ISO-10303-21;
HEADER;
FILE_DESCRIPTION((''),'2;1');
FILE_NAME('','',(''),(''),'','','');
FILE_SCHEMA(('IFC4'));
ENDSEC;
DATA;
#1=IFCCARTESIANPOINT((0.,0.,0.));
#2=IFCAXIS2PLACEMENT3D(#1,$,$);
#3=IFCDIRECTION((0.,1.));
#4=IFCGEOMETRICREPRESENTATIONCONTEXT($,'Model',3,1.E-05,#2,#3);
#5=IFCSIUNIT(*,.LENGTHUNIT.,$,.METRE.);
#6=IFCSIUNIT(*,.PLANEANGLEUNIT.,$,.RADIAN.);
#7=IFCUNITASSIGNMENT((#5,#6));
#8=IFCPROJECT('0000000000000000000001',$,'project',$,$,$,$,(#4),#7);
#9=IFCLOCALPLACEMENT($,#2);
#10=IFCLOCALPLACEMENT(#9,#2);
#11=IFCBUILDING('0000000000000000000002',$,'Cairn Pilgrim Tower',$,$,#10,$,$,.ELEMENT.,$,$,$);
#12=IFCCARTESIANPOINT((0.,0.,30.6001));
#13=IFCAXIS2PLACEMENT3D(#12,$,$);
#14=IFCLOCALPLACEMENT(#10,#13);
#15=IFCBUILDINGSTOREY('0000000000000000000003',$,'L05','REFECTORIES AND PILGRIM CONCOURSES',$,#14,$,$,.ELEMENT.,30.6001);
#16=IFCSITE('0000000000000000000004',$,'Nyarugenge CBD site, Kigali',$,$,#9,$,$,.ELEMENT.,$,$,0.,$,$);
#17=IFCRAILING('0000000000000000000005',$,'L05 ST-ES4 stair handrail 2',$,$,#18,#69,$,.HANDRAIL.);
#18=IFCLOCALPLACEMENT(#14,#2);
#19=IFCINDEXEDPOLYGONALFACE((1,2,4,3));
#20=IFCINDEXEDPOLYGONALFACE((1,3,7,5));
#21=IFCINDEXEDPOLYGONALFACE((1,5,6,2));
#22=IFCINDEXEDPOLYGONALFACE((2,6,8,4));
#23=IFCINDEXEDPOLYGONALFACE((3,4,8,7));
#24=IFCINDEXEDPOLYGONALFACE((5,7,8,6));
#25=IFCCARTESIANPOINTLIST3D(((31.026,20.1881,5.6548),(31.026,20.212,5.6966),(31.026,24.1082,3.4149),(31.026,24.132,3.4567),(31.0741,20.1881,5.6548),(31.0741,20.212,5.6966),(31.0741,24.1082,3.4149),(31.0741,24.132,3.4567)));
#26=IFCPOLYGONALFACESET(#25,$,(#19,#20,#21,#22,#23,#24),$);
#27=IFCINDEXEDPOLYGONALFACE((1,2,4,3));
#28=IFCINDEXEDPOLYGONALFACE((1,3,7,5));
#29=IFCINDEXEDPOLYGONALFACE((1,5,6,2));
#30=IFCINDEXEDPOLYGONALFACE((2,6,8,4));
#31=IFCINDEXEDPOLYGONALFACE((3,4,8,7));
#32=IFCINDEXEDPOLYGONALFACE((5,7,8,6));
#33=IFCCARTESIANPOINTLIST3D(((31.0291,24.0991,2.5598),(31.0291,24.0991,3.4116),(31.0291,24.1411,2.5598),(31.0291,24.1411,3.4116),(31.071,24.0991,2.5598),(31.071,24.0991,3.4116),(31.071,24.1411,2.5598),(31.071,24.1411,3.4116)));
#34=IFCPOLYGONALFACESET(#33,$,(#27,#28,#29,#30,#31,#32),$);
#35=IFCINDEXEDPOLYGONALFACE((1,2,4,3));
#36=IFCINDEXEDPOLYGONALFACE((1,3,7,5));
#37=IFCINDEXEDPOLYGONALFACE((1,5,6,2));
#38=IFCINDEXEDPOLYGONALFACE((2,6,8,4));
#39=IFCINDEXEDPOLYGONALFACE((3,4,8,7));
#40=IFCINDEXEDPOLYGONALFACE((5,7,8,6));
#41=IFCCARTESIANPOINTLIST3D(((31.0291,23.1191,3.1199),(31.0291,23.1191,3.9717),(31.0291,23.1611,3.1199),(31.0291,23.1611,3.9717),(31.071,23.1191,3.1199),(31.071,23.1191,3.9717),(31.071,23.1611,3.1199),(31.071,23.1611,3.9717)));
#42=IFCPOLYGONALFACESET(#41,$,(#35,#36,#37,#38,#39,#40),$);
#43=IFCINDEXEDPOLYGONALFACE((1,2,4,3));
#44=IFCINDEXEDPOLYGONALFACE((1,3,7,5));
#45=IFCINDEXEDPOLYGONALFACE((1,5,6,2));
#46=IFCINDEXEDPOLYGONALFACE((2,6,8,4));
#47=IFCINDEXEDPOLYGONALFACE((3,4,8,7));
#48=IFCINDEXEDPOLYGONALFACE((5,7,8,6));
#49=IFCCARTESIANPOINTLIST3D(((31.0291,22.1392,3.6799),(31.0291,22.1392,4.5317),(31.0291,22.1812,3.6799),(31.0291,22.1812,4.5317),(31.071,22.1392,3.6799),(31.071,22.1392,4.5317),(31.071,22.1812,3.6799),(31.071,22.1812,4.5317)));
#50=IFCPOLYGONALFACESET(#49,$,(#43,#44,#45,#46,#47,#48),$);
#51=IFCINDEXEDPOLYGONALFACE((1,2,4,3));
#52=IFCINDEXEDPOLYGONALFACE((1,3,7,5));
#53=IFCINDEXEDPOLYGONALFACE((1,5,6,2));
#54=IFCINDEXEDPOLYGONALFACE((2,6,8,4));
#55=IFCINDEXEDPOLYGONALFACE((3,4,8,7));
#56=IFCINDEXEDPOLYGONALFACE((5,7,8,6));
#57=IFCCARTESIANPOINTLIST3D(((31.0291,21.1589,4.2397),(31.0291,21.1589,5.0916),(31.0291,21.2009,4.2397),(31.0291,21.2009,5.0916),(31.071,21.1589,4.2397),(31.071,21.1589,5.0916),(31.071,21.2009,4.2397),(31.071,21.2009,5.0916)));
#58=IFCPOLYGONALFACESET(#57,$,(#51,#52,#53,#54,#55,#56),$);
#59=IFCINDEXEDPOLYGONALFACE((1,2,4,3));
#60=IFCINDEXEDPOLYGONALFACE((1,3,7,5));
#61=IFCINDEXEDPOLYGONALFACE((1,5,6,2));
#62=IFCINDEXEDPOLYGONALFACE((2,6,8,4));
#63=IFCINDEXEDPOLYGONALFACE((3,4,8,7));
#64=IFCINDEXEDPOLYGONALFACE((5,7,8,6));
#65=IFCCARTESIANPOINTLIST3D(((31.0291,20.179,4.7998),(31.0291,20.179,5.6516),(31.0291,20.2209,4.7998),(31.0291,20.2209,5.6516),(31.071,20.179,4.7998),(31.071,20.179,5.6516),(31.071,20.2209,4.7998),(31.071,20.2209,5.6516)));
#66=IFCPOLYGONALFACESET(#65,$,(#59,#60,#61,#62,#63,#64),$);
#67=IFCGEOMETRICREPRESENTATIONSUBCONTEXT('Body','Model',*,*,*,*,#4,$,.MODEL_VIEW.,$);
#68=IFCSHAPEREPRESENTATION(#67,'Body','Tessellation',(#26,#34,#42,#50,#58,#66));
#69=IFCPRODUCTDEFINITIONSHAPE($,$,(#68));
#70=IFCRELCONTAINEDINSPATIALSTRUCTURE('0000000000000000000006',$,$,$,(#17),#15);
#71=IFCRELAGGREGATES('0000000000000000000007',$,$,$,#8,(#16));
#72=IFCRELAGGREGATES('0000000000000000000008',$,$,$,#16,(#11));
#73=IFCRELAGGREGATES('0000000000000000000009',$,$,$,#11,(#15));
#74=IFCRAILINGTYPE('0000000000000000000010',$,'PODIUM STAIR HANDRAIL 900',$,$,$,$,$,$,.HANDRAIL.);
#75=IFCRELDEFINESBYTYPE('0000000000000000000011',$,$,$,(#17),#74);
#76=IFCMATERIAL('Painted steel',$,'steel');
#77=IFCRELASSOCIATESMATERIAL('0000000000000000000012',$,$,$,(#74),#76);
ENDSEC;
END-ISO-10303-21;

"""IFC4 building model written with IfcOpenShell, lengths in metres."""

from ifc_helpers import new_model, si_unit, direction, frame, origin, origin_2d, place, context, subcontext, project, spatial, rectangle, extrude, material, type_object, element, save


model = new_model("IFC4")

# Units and contexts
model_context = context("Model", 3, precision=1e-05, world=origin(), true_north=direction((0.0, 1.0)))
body_context = subcontext(model_context, "Body", "Model", "MODEL_VIEW")
ifc_project = project(units=[si_unit("LENGTHUNIT", "METRE"), si_unit("PLANEANGLEUNIT", "RADIAN")], contexts=[model_context])

# Site, building, storey
site_placement = place(None, origin())
site = spatial("IfcSite", under=ifc_project, at=site_placement, Name="Nyarugenge CBD site, Kigali", CompositionType="ELEMENT", RefElevation=0.0)
building_placement = place(site_placement, origin())
building = spatial("IfcBuilding", under=site, at=building_placement, Name="Cairn Pilgrim Tower", CompositionType="ELEMENT")
storey_placement = place(building_placement, frame((0.0, 0.0, 30.6001)))
storey = spatial("IfcBuildingStorey", under=building, at=storey_placement, Name="L05", Description="REFECTORIES AND PILGRIM CONCOURSES", CompositionType="ELEMENT", Elevation=30.6001)

# Railing
ifc_material_1 = material(Name="Painted steel", Category="steel")
railing_type = type_object("IfcRailingType", Name="PODIUM STAIR HANDRAIL 900", PredefinedType="HANDRAIL", material=ifc_material_1)
railing_placement = place(storey_placement, frame((31.05, 24.1201, 2.5598)))
element("IfcRailing", 1, at=railing_placement, inside=storey, type_object=railing_type, Name="L05 ST-ES4 stair handrail 2", PredefinedType="HANDRAIL", context=body_context, shape_type="SweptSolid", body=[
    extrude(rectangle(XDim=0.0481, YDim=0.0481, at=origin_2d()), frame((0.0, 0.0, 0.876), z_axis=(0.0, -0.868253, 0.496121), x_axis=(1.0, 0.0, 0.0)), (0.0, 0.0, 1.0), 4.5149),
    extrude(rectangle(XDim=0.042, YDim=0.042, at=origin_2d()), origin(), (0.0, 0.0, 1.0), 0.8518),
    extrude(rectangle(XDim=0.042, YDim=0.042, at=origin_2d()), frame((0.0, -0.98, 0.5601)), (0.0, 0.0, 1.0), 0.8518),
    extrude(rectangle(XDim=0.042, YDim=0.042, at=origin_2d()), frame((0.0, -1.96, 1.1201)), (0.0, 0.0, 1.0), 0.8518),
    extrude(rectangle(XDim=0.042, YDim=0.042, at=origin_2d()), frame((0.0, -2.9402, 1.6799)), (0.0, 0.0, 1.0), 0.8518),
    extrude(rectangle(XDim=0.042, YDim=0.042, at=origin_2d()), frame((0.0, -3.9202, 2.24)), (0.0, 0.0, 1.0), 0.8518),
])

save(model, "model.ifc")
